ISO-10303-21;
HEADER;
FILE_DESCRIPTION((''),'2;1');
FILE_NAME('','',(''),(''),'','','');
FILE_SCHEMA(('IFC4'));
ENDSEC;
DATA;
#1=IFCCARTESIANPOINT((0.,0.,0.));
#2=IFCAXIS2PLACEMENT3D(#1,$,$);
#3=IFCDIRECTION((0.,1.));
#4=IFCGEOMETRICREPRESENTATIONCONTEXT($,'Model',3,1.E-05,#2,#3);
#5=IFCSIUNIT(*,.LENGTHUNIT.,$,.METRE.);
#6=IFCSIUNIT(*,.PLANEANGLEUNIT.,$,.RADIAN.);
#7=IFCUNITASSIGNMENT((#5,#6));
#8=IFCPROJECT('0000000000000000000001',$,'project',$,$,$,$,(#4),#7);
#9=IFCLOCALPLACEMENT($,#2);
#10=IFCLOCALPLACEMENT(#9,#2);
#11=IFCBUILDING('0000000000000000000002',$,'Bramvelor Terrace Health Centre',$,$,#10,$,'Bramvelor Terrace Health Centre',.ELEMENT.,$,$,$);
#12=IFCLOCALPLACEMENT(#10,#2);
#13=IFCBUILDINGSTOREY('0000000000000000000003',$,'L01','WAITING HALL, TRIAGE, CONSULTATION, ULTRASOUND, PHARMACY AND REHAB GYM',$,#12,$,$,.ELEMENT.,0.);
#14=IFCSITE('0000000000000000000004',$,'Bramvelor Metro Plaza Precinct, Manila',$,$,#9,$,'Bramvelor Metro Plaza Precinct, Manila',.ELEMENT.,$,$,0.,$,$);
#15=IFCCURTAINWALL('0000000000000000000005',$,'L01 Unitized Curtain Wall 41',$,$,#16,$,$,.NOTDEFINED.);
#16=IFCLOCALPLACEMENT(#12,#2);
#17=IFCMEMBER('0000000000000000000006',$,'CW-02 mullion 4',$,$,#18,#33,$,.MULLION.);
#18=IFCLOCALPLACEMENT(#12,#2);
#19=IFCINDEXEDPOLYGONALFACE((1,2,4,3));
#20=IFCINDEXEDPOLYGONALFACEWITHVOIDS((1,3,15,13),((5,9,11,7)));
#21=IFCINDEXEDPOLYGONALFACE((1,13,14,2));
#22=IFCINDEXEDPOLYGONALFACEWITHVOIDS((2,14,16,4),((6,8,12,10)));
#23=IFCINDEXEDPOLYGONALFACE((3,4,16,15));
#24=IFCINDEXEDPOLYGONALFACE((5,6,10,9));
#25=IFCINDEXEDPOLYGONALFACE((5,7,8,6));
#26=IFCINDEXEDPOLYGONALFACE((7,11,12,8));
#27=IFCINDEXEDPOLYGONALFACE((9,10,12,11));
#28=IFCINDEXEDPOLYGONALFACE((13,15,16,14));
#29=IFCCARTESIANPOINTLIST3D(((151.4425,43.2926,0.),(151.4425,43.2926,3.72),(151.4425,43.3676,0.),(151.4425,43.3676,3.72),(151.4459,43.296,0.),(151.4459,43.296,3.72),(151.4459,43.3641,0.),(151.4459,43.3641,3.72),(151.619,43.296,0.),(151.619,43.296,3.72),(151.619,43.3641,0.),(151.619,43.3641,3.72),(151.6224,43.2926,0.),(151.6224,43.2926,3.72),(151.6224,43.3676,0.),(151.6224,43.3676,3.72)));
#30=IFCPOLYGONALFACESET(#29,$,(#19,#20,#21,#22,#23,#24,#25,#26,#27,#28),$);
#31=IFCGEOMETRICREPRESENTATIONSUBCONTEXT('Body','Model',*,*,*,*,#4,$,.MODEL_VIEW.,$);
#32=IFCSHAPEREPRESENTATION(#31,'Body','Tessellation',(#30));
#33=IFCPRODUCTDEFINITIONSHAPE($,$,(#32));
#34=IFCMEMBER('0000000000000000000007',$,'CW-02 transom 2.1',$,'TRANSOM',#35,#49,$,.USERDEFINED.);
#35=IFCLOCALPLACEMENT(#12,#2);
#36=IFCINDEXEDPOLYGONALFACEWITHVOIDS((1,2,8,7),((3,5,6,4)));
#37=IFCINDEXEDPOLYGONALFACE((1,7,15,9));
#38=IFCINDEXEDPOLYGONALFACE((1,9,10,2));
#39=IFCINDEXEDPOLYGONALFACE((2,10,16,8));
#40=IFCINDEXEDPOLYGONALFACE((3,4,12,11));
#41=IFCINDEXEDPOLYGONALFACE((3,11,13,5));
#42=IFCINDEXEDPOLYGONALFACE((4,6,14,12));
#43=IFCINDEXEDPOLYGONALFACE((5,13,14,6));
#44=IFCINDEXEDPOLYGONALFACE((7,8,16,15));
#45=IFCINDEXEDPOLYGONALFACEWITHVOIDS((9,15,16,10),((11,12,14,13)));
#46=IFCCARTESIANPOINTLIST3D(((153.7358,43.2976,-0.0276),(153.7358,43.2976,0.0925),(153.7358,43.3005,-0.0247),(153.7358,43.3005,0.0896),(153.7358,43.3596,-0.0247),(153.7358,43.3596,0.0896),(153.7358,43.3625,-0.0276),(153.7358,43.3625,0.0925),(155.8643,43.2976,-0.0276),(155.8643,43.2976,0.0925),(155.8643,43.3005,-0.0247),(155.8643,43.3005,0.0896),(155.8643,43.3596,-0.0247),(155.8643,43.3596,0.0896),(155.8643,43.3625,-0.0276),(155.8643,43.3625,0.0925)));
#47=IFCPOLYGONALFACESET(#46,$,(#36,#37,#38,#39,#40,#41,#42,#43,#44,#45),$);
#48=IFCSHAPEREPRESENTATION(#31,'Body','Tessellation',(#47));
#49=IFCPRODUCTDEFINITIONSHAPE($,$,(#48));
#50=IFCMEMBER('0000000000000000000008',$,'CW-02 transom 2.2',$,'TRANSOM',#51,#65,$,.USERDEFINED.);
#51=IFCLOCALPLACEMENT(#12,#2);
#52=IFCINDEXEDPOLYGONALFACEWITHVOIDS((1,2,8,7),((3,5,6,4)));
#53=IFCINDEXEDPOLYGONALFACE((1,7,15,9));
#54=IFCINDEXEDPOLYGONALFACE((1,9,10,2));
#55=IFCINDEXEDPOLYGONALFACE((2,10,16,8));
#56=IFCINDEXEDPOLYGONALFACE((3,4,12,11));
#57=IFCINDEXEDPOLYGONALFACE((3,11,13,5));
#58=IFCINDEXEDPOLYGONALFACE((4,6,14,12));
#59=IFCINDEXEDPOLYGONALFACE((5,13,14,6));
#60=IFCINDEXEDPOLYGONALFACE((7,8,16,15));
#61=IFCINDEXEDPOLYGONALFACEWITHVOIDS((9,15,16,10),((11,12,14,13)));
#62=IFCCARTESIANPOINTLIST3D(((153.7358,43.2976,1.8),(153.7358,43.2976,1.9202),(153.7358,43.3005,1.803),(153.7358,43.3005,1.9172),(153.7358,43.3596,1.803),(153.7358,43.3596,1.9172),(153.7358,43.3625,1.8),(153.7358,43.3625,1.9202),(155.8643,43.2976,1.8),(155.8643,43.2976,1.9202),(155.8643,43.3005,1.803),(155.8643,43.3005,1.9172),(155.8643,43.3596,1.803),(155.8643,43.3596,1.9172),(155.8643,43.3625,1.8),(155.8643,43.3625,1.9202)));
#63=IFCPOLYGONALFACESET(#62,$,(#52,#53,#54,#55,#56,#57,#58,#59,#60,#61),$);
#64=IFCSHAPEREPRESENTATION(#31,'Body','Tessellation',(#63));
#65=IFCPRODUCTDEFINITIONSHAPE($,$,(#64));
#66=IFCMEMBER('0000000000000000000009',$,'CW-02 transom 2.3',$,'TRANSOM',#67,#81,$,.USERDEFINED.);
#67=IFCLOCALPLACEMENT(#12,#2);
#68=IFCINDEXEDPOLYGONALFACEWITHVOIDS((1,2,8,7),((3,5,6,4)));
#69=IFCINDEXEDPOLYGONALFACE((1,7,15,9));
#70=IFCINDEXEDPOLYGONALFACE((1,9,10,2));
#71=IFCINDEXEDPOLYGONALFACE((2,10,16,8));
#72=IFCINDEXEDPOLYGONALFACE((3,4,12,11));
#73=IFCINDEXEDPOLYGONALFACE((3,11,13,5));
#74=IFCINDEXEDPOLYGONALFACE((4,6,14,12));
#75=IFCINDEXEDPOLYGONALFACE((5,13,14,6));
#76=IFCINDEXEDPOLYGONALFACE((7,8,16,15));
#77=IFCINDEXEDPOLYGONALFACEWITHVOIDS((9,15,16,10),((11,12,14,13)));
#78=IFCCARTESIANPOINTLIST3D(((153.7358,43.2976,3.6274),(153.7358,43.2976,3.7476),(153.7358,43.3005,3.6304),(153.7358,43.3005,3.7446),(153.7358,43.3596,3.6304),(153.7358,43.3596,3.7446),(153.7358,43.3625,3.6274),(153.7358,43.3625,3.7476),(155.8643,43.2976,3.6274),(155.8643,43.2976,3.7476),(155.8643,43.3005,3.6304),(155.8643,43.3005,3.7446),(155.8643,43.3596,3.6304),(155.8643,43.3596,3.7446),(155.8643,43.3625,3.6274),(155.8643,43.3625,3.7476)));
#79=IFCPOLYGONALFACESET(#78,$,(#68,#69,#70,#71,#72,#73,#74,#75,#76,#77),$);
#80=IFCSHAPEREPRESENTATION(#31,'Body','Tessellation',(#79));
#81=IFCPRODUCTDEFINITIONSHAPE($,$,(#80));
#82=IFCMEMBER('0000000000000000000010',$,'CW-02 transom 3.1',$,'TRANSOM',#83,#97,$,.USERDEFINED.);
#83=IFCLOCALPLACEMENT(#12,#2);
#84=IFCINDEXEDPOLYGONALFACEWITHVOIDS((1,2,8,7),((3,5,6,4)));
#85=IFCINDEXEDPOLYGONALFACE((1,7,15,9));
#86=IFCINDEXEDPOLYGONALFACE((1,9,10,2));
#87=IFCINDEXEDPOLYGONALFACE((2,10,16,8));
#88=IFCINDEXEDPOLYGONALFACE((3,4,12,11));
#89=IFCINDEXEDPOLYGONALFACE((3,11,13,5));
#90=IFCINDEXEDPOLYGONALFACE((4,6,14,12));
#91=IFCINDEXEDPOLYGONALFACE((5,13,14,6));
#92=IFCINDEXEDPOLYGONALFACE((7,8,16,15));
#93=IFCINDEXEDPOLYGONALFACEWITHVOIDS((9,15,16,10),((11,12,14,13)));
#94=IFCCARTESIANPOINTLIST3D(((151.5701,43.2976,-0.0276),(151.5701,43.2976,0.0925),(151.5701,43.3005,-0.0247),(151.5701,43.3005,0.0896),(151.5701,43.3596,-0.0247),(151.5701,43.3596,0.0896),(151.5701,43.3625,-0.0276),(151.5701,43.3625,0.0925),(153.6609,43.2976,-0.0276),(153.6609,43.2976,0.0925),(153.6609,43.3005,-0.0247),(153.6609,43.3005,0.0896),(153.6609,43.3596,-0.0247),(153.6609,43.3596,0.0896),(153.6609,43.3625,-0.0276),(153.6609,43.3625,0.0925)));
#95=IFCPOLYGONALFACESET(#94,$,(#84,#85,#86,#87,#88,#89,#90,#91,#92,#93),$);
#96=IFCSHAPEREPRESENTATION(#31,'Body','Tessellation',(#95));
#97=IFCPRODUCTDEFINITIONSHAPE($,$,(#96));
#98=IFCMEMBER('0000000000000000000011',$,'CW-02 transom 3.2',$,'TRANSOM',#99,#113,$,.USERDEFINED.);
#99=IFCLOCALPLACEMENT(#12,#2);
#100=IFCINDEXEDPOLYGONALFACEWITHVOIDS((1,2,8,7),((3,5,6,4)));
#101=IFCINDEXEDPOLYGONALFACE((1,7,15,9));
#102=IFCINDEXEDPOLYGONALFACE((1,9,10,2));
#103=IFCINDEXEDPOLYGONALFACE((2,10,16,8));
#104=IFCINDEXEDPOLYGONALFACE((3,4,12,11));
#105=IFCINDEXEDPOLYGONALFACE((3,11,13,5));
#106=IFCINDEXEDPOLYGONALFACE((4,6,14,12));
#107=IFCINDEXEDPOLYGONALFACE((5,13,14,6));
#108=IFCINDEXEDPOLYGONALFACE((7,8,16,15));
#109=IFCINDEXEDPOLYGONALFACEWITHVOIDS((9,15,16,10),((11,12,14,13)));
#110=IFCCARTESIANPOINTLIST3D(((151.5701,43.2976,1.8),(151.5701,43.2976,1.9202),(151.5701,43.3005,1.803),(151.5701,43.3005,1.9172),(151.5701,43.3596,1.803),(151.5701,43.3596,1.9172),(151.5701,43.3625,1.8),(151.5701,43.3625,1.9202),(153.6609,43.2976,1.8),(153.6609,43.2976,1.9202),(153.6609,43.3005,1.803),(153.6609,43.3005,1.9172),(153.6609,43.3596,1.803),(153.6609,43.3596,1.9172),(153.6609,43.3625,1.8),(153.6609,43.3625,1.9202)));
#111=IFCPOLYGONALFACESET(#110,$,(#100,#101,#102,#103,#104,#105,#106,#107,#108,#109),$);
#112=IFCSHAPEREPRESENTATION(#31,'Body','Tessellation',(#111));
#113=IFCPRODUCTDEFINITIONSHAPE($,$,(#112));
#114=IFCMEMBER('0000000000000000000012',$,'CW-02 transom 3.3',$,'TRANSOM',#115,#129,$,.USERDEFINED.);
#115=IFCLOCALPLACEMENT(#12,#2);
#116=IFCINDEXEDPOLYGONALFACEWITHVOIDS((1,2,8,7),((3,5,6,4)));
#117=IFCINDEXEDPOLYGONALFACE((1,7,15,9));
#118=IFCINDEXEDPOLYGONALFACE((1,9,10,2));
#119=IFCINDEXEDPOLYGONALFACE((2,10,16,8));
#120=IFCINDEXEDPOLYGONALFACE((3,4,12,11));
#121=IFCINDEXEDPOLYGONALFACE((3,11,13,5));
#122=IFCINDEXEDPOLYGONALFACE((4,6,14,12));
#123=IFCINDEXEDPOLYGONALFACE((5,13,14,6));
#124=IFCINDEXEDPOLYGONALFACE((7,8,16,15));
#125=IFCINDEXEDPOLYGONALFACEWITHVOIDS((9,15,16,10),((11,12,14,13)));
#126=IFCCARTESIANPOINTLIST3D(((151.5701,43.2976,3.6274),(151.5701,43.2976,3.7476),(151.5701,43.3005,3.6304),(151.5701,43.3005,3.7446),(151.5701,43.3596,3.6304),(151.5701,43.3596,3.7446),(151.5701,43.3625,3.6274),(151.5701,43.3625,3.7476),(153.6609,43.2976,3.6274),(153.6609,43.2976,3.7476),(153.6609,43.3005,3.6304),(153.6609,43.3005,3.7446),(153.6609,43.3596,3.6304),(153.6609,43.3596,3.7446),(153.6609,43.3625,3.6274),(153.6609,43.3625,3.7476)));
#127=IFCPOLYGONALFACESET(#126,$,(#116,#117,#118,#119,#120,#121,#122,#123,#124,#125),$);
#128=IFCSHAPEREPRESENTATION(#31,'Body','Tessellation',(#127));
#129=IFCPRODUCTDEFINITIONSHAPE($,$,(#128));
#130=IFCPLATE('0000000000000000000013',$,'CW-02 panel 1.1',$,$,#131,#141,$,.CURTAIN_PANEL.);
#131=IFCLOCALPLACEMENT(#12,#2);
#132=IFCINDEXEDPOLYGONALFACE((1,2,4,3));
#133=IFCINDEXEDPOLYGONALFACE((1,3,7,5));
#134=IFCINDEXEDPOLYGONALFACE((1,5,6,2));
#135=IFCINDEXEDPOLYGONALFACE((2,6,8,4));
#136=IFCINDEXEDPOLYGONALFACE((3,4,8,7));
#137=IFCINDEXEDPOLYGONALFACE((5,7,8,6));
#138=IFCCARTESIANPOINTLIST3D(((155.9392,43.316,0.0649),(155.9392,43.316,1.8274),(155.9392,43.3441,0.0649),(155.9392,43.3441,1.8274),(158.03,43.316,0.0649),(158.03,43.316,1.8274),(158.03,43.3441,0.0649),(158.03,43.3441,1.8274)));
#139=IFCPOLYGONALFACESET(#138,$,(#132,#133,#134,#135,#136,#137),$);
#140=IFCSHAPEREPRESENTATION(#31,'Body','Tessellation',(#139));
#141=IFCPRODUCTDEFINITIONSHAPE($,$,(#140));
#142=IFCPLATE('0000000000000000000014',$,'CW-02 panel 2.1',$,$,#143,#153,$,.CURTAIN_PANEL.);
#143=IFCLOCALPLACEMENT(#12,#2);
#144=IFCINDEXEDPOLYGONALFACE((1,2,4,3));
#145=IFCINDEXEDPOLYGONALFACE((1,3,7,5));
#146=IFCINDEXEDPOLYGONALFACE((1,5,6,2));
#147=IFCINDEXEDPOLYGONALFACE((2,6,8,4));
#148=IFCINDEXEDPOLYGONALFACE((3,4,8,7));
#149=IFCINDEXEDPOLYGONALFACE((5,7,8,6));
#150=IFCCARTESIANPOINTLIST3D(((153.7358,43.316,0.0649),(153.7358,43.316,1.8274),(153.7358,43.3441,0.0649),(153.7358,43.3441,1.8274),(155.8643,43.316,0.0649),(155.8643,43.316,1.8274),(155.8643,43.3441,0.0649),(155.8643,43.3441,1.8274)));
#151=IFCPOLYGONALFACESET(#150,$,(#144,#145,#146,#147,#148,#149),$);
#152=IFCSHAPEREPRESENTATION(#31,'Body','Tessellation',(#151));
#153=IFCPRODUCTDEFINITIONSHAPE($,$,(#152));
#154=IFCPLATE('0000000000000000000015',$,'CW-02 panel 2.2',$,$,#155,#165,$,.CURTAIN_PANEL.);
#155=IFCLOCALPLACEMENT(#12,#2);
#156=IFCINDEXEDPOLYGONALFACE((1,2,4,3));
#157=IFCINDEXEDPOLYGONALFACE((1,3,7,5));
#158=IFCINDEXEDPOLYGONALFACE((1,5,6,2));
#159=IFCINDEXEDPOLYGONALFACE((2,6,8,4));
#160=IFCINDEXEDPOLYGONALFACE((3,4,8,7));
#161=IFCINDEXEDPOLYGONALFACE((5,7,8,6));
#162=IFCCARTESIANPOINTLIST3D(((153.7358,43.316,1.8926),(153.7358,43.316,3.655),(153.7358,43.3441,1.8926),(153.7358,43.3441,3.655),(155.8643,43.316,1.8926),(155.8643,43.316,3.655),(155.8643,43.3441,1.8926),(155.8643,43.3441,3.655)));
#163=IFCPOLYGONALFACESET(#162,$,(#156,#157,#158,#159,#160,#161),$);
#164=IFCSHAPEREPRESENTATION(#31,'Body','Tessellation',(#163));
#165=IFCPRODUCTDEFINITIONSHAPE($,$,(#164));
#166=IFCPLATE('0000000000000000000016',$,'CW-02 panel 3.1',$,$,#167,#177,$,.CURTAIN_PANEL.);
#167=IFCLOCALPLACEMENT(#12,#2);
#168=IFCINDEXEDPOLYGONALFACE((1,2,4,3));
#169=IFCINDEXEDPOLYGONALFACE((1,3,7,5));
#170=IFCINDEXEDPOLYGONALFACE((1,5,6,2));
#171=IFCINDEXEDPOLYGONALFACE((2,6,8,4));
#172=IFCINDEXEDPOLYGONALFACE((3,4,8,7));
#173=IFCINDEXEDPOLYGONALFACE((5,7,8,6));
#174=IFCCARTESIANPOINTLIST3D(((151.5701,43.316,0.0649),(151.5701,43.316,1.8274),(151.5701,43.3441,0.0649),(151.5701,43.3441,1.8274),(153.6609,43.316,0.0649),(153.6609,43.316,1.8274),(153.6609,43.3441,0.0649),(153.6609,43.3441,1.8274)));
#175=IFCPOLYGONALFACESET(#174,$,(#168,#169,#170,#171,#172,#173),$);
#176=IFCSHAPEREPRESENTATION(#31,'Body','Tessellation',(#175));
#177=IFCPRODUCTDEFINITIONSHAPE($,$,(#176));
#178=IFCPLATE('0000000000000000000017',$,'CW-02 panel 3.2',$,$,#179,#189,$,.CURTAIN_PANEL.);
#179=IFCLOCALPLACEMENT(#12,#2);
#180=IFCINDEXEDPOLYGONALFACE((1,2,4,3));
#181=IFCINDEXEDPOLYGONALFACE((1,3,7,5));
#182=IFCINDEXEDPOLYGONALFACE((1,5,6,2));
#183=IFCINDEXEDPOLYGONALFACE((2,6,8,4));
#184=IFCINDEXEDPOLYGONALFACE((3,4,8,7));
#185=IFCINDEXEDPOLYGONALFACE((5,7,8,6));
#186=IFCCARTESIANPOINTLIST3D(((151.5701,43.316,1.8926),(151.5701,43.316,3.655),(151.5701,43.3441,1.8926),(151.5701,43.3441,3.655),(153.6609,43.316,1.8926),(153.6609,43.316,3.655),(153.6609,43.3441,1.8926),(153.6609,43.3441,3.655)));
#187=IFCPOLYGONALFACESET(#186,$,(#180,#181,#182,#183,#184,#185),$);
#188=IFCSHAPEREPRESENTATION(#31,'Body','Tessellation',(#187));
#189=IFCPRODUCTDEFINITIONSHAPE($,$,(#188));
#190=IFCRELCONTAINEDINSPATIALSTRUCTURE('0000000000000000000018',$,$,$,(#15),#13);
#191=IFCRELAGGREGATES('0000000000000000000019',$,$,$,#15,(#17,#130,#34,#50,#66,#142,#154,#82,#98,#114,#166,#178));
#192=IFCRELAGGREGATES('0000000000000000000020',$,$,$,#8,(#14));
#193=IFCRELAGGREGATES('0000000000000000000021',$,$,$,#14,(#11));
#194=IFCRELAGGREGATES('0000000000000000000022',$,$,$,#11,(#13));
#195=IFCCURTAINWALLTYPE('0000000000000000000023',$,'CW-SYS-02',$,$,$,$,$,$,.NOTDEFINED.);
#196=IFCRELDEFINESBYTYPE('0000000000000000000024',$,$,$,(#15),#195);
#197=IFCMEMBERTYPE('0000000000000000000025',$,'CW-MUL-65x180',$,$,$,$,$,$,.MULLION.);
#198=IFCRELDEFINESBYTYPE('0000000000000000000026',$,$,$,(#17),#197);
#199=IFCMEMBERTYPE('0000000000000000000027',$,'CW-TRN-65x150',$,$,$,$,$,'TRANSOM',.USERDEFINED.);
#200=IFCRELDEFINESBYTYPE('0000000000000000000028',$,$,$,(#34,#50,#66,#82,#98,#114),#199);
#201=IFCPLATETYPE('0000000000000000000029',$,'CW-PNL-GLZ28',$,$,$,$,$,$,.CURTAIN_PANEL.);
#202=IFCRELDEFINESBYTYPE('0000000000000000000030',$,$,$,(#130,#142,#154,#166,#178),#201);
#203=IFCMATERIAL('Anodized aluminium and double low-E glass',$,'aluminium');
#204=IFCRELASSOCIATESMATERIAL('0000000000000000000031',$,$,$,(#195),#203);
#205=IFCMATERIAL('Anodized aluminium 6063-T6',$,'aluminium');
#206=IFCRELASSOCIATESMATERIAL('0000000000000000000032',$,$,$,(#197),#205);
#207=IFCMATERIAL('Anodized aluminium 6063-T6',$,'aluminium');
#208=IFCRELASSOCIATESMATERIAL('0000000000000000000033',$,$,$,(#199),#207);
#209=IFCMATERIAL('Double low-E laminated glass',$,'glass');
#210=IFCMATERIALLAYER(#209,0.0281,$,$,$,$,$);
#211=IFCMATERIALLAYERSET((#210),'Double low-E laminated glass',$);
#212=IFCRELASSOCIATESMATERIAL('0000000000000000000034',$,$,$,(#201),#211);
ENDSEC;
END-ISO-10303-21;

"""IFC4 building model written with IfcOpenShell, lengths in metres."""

from ifc_helpers import new_model, si_unit, direction, frame, origin, origin_2d, place, context, subcontext, project, spatial, rectangle, hollow_rectangle, extrude, material, layer, layer_set, material_profile, profile_set, type_object, element, aggregate, save


model = new_model("IFC4")

# Units and contexts
model_context = context("Model", 3, precision=1e-05, world=origin(), true_north=direction((0.0, 1.0)))
body_context = subcontext(model_context, "Body", "Model", "MODEL_VIEW")
ifc_project = project(units=[si_unit("LENGTHUNIT", "METRE"), si_unit("PLANEANGLEUNIT", "RADIAN")], contexts=[model_context])

# Site, building, storey
site_placement = place(None, origin())
site = spatial("IfcSite", under=ifc_project, at=site_placement, Name="Bramvelor Metro Plaza Precinct, Manila", LongName="Bramvelor Metro Plaza Precinct, Manila", CompositionType="ELEMENT", RefElevation=0.0)
building_placement = place(site_placement, origin())
building = spatial("IfcBuilding", under=site, at=building_placement, Name="Bramvelor Terrace Health Centre", LongName="Bramvelor Terrace Health Centre", CompositionType="ELEMENT")
storey_placement = place(building_placement, origin())
storey = spatial("IfcBuildingStorey", under=building, at=storey_placement, Name="L01", Description="WAITING HALL, TRIAGE, CONSULTATION, ULTRASOUND, PHARMACY AND REHAB GYM", CompositionType="ELEMENT", Elevation=0.0)

# Curtain wall, members, plates
ifc_material_1 = material(Name="Anodized aluminium and double low-E glass", Category="aluminium")
curtain_wall_type = type_object("IfcCurtainWallType", Name="CW-SYS-02", PredefinedType="NOTDEFINED", material=ifc_material_1)
curtain_wall_placement = place(storey_placement, origin())
curtain_wall = element("IfcCurtainWall", 1, at=curtain_wall_placement, inside=storey, type_object=curtain_wall_type, Name="L01 Unitized Curtain Wall 41", PredefinedType="NOTDEFINED")
ifc_material_2 = material(Name="Anodized aluminium 6063-T6", Category="aluminium")
ifc_material_profile_1 = material_profile(ifc_material_2, hollow_rectangle(XDim=0.075, YDim=0.1799, WallThickness=0.0034, at=origin_2d()), Name="ALU-MUL 75x180x3.5")
ifc_profile_set_1 = profile_set([ifc_material_profile_1], Name="Anodized aluminium 6063-T6")
member_type_1 = type_object("IfcMemberType", Name="CW-MUL-65x180", PredefinedType="MULLION", material=ifc_profile_set_1)
member_1_placement = place(storey_placement, frame((151.5325, 43.3301, 0.0), z_axis=(0.0, 0.0, 1.0), x_axis=(0.0, -1.0, 0.0)))
member_1 = element("IfcMember", 2, at=member_1_placement, type_object=member_type_1, Name="CW-02 mullion 4", PredefinedType="MULLION", context=body_context, shape_type="SweptSolid", body=[
    extrude(hollow_rectangle(XDim=0.075, YDim=0.1799, WallThickness=0.0034, at=origin_2d()), origin(), (0.0, 0.0, 1.0), 3.72),
])
ifc_material_3 = material(Name="Anodized aluminium 6063-T6", Category="aluminium")
ifc_material_profile_2 = material_profile(ifc_material_3, hollow_rectangle(XDim=0.0649, YDim=0.1201, WallThickness=0.0029, at=origin_2d()), Name="ALU-TRN 65x120x3.0")
ifc_profile_set_2 = profile_set([ifc_material_profile_2], Name="Anodized aluminium 6063-T6")
member_type_2 = type_object("IfcMemberType", Name="CW-TRN-65x150", ElementType="TRANSOM", PredefinedType="USERDEFINED", material=ifc_profile_set_2)
member_2_placement = place(storey_placement, frame((155.8643, 43.3301, 0.0325), z_axis=(-1.0, 0.0, 0.0), x_axis=(0.0, -1.0, 0.0)))
member_2 = element("IfcMember", 3, at=member_2_placement, type_object=member_type_2, Name="CW-02 transom 2.1", ObjectType="TRANSOM", PredefinedType="USERDEFINED", context=body_context, shape_type="SweptSolid", body=[
    extrude(hollow_rectangle(XDim=0.0649, YDim=0.1201, WallThickness=0.0029, at=origin_2d()), origin(), (0.0, 0.0, 1.0), 2.1284),
])
member_3_placement = place(storey_placement, frame((155.8643, 43.3301, 1.8601), z_axis=(-1.0, 0.0, 0.0), x_axis=(0.0, -1.0, 0.0)))
member_3 = element("IfcMember", 4, at=member_3_placement, type_object=member_type_2, Name="CW-02 transom 2.2", ObjectType="TRANSOM", PredefinedType="USERDEFINED", context=body_context, shape_type="SweptSolid", body=[
    extrude(hollow_rectangle(XDim=0.0649, YDim=0.1201, WallThickness=0.0029, at=origin_2d()), origin(), (0.0, 0.0, 1.0), 2.1284),
])
member_4_placement = place(storey_placement, frame((155.8643, 43.3301, 3.6875), z_axis=(-1.0, 0.0, 0.0), x_axis=(0.0, -1.0, 0.0)))
member_4 = element("IfcMember", 5, at=member_4_placement, type_object=member_type_2, Name="CW-02 transom 2.3", ObjectType="TRANSOM", PredefinedType="USERDEFINED", context=body_context, shape_type="SweptSolid", body=[
    extrude(hollow_rectangle(XDim=0.0649, YDim=0.1201, WallThickness=0.0029, at=origin_2d()), origin(), (0.0, 0.0, 1.0), 2.1284),
])
member_5_placement = place(storey_placement, frame((153.6609, 43.3301, 0.0325), z_axis=(-1.0, 0.0, 0.0), x_axis=(0.0, -1.0, 0.0)))
member_5 = element("IfcMember", 6, at=member_5_placement, type_object=member_type_2, Name="CW-02 transom 3.1", ObjectType="TRANSOM", PredefinedType="USERDEFINED", context=body_context, shape_type="SweptSolid", body=[
    extrude(hollow_rectangle(XDim=0.0649, YDim=0.1201, WallThickness=0.0029, at=origin_2d()), origin(), (0.0, 0.0, 1.0), 2.0908),
])
member_6_placement = place(storey_placement, frame((153.6609, 43.3301, 1.8601), z_axis=(-1.0, 0.0, 0.0), x_axis=(0.0, -1.0, 0.0)))
member_6 = element("IfcMember", 7, at=member_6_placement, type_object=member_type_2, Name="CW-02 transom 3.2", ObjectType="TRANSOM", PredefinedType="USERDEFINED", context=body_context, shape_type="SweptSolid", body=[
    extrude(hollow_rectangle(XDim=0.0649, YDim=0.1201, WallThickness=0.0029, at=origin_2d()), origin(), (0.0, 0.0, 1.0), 2.0908),
])
member_7_placement = place(storey_placement, frame((153.6609, 43.3301, 3.6875), z_axis=(-1.0, 0.0, 0.0), x_axis=(0.0, -1.0, 0.0)))
member_7 = element("IfcMember", 8, at=member_7_placement, type_object=member_type_2, Name="CW-02 transom 3.3", ObjectType="TRANSOM", PredefinedType="USERDEFINED", context=body_context, shape_type="SweptSolid", body=[
    extrude(hollow_rectangle(XDim=0.0649, YDim=0.1201, WallThickness=0.0029, at=origin_2d()), origin(), (0.0, 0.0, 1.0), 2.0908),
])
ifc_material_4 = material(Name="Double low-E laminated glass", Category="glass")
ifc_layer_1 = layer(ifc_material_4, 0.0281)
ifc_layer_set_1 = layer_set([ifc_layer_1], Name="Double low-E laminated glass")
plate_type = type_object("IfcPlateType", Name="CW-PNL-GLZ28", PredefinedType="CURTAIN_PANEL", material=ifc_layer_set_1)
plate_1_placement = place(storey_placement, frame((156.9846, 43.3301, 0.0649), z_axis=(0.0, 0.0, 1.0), x_axis=(-1.0, 0.0, 0.0)))
plate_1 = element("IfcPlate", 9, at=plate_1_placement, type_object=plate_type, Name="CW-02 panel 1.1", PredefinedType="CURTAIN_PANEL", context=body_context, shape_type="SweptSolid", body=[
    extrude(rectangle(XDim=2.0908, YDim=0.0281, at=origin_2d()), origin(), (0.0, 0.0, 1.0), 1.7625),
])
plate_2_placement = place(storey_placement, frame((154.8, 43.3301, 0.0649), z_axis=(0.0, 0.0, 1.0), x_axis=(-1.0, 0.0, 0.0)))
plate_2 = element("IfcPlate", 10, at=plate_2_placement, type_object=plate_type, Name="CW-02 panel 2.1", PredefinedType="CURTAIN_PANEL", context=body_context, shape_type="SweptSolid", body=[
    extrude(rectangle(XDim=2.1284, YDim=0.0281, at=origin_2d()), origin(), (0.0, 0.0, 1.0), 1.7625),
])
plate_3_placement = place(storey_placement, frame((154.8, 43.3301, 1.8926), z_axis=(0.0, 0.0, 1.0), x_axis=(-1.0, 0.0, 0.0)))
plate_3 = element("IfcPlate", 11, at=plate_3_placement, type_object=plate_type, Name="CW-02 panel 2.2", PredefinedType="CURTAIN_PANEL", context=body_context, shape_type="SweptSolid", body=[
    extrude(rectangle(XDim=2.1284, YDim=0.0281, at=origin_2d()), origin(), (0.0, 0.0, 1.0), 1.7625),
])
plate_4_placement = place(storey_placement, frame((152.6155, 43.3301, 0.0649), z_axis=(0.0, 0.0, 1.0), x_axis=(-1.0, 0.0, 0.0)))
plate_4 = element("IfcPlate", 12, at=plate_4_placement, type_object=plate_type, Name="CW-02 panel 3.1", PredefinedType="CURTAIN_PANEL", context=body_context, shape_type="SweptSolid", body=[
    extrude(rectangle(XDim=2.0908, YDim=0.0281, at=origin_2d()), origin(), (0.0, 0.0, 1.0), 1.7625),
])
plate_5_placement = place(storey_placement, frame((152.6155, 43.3301, 1.8926), z_axis=(0.0, 0.0, 1.0), x_axis=(-1.0, 0.0, 0.0)))
plate_5 = element("IfcPlate", 13, at=plate_5_placement, type_object=plate_type, Name="CW-02 panel 3.2", PredefinedType="CURTAIN_PANEL", context=body_context, shape_type="SweptSolid", body=[
    extrude(rectangle(XDim=2.0908, YDim=0.0281, at=origin_2d()), origin(), (0.0, 0.0, 1.0), 1.7625),
])
aggregate(curtain_wall, [member_1, plate_1, member_2, member_3, member_4, plate_2, plate_3, member_5, member_6, member_7, plate_4, plate_5])

save(model, "model.ifc")
